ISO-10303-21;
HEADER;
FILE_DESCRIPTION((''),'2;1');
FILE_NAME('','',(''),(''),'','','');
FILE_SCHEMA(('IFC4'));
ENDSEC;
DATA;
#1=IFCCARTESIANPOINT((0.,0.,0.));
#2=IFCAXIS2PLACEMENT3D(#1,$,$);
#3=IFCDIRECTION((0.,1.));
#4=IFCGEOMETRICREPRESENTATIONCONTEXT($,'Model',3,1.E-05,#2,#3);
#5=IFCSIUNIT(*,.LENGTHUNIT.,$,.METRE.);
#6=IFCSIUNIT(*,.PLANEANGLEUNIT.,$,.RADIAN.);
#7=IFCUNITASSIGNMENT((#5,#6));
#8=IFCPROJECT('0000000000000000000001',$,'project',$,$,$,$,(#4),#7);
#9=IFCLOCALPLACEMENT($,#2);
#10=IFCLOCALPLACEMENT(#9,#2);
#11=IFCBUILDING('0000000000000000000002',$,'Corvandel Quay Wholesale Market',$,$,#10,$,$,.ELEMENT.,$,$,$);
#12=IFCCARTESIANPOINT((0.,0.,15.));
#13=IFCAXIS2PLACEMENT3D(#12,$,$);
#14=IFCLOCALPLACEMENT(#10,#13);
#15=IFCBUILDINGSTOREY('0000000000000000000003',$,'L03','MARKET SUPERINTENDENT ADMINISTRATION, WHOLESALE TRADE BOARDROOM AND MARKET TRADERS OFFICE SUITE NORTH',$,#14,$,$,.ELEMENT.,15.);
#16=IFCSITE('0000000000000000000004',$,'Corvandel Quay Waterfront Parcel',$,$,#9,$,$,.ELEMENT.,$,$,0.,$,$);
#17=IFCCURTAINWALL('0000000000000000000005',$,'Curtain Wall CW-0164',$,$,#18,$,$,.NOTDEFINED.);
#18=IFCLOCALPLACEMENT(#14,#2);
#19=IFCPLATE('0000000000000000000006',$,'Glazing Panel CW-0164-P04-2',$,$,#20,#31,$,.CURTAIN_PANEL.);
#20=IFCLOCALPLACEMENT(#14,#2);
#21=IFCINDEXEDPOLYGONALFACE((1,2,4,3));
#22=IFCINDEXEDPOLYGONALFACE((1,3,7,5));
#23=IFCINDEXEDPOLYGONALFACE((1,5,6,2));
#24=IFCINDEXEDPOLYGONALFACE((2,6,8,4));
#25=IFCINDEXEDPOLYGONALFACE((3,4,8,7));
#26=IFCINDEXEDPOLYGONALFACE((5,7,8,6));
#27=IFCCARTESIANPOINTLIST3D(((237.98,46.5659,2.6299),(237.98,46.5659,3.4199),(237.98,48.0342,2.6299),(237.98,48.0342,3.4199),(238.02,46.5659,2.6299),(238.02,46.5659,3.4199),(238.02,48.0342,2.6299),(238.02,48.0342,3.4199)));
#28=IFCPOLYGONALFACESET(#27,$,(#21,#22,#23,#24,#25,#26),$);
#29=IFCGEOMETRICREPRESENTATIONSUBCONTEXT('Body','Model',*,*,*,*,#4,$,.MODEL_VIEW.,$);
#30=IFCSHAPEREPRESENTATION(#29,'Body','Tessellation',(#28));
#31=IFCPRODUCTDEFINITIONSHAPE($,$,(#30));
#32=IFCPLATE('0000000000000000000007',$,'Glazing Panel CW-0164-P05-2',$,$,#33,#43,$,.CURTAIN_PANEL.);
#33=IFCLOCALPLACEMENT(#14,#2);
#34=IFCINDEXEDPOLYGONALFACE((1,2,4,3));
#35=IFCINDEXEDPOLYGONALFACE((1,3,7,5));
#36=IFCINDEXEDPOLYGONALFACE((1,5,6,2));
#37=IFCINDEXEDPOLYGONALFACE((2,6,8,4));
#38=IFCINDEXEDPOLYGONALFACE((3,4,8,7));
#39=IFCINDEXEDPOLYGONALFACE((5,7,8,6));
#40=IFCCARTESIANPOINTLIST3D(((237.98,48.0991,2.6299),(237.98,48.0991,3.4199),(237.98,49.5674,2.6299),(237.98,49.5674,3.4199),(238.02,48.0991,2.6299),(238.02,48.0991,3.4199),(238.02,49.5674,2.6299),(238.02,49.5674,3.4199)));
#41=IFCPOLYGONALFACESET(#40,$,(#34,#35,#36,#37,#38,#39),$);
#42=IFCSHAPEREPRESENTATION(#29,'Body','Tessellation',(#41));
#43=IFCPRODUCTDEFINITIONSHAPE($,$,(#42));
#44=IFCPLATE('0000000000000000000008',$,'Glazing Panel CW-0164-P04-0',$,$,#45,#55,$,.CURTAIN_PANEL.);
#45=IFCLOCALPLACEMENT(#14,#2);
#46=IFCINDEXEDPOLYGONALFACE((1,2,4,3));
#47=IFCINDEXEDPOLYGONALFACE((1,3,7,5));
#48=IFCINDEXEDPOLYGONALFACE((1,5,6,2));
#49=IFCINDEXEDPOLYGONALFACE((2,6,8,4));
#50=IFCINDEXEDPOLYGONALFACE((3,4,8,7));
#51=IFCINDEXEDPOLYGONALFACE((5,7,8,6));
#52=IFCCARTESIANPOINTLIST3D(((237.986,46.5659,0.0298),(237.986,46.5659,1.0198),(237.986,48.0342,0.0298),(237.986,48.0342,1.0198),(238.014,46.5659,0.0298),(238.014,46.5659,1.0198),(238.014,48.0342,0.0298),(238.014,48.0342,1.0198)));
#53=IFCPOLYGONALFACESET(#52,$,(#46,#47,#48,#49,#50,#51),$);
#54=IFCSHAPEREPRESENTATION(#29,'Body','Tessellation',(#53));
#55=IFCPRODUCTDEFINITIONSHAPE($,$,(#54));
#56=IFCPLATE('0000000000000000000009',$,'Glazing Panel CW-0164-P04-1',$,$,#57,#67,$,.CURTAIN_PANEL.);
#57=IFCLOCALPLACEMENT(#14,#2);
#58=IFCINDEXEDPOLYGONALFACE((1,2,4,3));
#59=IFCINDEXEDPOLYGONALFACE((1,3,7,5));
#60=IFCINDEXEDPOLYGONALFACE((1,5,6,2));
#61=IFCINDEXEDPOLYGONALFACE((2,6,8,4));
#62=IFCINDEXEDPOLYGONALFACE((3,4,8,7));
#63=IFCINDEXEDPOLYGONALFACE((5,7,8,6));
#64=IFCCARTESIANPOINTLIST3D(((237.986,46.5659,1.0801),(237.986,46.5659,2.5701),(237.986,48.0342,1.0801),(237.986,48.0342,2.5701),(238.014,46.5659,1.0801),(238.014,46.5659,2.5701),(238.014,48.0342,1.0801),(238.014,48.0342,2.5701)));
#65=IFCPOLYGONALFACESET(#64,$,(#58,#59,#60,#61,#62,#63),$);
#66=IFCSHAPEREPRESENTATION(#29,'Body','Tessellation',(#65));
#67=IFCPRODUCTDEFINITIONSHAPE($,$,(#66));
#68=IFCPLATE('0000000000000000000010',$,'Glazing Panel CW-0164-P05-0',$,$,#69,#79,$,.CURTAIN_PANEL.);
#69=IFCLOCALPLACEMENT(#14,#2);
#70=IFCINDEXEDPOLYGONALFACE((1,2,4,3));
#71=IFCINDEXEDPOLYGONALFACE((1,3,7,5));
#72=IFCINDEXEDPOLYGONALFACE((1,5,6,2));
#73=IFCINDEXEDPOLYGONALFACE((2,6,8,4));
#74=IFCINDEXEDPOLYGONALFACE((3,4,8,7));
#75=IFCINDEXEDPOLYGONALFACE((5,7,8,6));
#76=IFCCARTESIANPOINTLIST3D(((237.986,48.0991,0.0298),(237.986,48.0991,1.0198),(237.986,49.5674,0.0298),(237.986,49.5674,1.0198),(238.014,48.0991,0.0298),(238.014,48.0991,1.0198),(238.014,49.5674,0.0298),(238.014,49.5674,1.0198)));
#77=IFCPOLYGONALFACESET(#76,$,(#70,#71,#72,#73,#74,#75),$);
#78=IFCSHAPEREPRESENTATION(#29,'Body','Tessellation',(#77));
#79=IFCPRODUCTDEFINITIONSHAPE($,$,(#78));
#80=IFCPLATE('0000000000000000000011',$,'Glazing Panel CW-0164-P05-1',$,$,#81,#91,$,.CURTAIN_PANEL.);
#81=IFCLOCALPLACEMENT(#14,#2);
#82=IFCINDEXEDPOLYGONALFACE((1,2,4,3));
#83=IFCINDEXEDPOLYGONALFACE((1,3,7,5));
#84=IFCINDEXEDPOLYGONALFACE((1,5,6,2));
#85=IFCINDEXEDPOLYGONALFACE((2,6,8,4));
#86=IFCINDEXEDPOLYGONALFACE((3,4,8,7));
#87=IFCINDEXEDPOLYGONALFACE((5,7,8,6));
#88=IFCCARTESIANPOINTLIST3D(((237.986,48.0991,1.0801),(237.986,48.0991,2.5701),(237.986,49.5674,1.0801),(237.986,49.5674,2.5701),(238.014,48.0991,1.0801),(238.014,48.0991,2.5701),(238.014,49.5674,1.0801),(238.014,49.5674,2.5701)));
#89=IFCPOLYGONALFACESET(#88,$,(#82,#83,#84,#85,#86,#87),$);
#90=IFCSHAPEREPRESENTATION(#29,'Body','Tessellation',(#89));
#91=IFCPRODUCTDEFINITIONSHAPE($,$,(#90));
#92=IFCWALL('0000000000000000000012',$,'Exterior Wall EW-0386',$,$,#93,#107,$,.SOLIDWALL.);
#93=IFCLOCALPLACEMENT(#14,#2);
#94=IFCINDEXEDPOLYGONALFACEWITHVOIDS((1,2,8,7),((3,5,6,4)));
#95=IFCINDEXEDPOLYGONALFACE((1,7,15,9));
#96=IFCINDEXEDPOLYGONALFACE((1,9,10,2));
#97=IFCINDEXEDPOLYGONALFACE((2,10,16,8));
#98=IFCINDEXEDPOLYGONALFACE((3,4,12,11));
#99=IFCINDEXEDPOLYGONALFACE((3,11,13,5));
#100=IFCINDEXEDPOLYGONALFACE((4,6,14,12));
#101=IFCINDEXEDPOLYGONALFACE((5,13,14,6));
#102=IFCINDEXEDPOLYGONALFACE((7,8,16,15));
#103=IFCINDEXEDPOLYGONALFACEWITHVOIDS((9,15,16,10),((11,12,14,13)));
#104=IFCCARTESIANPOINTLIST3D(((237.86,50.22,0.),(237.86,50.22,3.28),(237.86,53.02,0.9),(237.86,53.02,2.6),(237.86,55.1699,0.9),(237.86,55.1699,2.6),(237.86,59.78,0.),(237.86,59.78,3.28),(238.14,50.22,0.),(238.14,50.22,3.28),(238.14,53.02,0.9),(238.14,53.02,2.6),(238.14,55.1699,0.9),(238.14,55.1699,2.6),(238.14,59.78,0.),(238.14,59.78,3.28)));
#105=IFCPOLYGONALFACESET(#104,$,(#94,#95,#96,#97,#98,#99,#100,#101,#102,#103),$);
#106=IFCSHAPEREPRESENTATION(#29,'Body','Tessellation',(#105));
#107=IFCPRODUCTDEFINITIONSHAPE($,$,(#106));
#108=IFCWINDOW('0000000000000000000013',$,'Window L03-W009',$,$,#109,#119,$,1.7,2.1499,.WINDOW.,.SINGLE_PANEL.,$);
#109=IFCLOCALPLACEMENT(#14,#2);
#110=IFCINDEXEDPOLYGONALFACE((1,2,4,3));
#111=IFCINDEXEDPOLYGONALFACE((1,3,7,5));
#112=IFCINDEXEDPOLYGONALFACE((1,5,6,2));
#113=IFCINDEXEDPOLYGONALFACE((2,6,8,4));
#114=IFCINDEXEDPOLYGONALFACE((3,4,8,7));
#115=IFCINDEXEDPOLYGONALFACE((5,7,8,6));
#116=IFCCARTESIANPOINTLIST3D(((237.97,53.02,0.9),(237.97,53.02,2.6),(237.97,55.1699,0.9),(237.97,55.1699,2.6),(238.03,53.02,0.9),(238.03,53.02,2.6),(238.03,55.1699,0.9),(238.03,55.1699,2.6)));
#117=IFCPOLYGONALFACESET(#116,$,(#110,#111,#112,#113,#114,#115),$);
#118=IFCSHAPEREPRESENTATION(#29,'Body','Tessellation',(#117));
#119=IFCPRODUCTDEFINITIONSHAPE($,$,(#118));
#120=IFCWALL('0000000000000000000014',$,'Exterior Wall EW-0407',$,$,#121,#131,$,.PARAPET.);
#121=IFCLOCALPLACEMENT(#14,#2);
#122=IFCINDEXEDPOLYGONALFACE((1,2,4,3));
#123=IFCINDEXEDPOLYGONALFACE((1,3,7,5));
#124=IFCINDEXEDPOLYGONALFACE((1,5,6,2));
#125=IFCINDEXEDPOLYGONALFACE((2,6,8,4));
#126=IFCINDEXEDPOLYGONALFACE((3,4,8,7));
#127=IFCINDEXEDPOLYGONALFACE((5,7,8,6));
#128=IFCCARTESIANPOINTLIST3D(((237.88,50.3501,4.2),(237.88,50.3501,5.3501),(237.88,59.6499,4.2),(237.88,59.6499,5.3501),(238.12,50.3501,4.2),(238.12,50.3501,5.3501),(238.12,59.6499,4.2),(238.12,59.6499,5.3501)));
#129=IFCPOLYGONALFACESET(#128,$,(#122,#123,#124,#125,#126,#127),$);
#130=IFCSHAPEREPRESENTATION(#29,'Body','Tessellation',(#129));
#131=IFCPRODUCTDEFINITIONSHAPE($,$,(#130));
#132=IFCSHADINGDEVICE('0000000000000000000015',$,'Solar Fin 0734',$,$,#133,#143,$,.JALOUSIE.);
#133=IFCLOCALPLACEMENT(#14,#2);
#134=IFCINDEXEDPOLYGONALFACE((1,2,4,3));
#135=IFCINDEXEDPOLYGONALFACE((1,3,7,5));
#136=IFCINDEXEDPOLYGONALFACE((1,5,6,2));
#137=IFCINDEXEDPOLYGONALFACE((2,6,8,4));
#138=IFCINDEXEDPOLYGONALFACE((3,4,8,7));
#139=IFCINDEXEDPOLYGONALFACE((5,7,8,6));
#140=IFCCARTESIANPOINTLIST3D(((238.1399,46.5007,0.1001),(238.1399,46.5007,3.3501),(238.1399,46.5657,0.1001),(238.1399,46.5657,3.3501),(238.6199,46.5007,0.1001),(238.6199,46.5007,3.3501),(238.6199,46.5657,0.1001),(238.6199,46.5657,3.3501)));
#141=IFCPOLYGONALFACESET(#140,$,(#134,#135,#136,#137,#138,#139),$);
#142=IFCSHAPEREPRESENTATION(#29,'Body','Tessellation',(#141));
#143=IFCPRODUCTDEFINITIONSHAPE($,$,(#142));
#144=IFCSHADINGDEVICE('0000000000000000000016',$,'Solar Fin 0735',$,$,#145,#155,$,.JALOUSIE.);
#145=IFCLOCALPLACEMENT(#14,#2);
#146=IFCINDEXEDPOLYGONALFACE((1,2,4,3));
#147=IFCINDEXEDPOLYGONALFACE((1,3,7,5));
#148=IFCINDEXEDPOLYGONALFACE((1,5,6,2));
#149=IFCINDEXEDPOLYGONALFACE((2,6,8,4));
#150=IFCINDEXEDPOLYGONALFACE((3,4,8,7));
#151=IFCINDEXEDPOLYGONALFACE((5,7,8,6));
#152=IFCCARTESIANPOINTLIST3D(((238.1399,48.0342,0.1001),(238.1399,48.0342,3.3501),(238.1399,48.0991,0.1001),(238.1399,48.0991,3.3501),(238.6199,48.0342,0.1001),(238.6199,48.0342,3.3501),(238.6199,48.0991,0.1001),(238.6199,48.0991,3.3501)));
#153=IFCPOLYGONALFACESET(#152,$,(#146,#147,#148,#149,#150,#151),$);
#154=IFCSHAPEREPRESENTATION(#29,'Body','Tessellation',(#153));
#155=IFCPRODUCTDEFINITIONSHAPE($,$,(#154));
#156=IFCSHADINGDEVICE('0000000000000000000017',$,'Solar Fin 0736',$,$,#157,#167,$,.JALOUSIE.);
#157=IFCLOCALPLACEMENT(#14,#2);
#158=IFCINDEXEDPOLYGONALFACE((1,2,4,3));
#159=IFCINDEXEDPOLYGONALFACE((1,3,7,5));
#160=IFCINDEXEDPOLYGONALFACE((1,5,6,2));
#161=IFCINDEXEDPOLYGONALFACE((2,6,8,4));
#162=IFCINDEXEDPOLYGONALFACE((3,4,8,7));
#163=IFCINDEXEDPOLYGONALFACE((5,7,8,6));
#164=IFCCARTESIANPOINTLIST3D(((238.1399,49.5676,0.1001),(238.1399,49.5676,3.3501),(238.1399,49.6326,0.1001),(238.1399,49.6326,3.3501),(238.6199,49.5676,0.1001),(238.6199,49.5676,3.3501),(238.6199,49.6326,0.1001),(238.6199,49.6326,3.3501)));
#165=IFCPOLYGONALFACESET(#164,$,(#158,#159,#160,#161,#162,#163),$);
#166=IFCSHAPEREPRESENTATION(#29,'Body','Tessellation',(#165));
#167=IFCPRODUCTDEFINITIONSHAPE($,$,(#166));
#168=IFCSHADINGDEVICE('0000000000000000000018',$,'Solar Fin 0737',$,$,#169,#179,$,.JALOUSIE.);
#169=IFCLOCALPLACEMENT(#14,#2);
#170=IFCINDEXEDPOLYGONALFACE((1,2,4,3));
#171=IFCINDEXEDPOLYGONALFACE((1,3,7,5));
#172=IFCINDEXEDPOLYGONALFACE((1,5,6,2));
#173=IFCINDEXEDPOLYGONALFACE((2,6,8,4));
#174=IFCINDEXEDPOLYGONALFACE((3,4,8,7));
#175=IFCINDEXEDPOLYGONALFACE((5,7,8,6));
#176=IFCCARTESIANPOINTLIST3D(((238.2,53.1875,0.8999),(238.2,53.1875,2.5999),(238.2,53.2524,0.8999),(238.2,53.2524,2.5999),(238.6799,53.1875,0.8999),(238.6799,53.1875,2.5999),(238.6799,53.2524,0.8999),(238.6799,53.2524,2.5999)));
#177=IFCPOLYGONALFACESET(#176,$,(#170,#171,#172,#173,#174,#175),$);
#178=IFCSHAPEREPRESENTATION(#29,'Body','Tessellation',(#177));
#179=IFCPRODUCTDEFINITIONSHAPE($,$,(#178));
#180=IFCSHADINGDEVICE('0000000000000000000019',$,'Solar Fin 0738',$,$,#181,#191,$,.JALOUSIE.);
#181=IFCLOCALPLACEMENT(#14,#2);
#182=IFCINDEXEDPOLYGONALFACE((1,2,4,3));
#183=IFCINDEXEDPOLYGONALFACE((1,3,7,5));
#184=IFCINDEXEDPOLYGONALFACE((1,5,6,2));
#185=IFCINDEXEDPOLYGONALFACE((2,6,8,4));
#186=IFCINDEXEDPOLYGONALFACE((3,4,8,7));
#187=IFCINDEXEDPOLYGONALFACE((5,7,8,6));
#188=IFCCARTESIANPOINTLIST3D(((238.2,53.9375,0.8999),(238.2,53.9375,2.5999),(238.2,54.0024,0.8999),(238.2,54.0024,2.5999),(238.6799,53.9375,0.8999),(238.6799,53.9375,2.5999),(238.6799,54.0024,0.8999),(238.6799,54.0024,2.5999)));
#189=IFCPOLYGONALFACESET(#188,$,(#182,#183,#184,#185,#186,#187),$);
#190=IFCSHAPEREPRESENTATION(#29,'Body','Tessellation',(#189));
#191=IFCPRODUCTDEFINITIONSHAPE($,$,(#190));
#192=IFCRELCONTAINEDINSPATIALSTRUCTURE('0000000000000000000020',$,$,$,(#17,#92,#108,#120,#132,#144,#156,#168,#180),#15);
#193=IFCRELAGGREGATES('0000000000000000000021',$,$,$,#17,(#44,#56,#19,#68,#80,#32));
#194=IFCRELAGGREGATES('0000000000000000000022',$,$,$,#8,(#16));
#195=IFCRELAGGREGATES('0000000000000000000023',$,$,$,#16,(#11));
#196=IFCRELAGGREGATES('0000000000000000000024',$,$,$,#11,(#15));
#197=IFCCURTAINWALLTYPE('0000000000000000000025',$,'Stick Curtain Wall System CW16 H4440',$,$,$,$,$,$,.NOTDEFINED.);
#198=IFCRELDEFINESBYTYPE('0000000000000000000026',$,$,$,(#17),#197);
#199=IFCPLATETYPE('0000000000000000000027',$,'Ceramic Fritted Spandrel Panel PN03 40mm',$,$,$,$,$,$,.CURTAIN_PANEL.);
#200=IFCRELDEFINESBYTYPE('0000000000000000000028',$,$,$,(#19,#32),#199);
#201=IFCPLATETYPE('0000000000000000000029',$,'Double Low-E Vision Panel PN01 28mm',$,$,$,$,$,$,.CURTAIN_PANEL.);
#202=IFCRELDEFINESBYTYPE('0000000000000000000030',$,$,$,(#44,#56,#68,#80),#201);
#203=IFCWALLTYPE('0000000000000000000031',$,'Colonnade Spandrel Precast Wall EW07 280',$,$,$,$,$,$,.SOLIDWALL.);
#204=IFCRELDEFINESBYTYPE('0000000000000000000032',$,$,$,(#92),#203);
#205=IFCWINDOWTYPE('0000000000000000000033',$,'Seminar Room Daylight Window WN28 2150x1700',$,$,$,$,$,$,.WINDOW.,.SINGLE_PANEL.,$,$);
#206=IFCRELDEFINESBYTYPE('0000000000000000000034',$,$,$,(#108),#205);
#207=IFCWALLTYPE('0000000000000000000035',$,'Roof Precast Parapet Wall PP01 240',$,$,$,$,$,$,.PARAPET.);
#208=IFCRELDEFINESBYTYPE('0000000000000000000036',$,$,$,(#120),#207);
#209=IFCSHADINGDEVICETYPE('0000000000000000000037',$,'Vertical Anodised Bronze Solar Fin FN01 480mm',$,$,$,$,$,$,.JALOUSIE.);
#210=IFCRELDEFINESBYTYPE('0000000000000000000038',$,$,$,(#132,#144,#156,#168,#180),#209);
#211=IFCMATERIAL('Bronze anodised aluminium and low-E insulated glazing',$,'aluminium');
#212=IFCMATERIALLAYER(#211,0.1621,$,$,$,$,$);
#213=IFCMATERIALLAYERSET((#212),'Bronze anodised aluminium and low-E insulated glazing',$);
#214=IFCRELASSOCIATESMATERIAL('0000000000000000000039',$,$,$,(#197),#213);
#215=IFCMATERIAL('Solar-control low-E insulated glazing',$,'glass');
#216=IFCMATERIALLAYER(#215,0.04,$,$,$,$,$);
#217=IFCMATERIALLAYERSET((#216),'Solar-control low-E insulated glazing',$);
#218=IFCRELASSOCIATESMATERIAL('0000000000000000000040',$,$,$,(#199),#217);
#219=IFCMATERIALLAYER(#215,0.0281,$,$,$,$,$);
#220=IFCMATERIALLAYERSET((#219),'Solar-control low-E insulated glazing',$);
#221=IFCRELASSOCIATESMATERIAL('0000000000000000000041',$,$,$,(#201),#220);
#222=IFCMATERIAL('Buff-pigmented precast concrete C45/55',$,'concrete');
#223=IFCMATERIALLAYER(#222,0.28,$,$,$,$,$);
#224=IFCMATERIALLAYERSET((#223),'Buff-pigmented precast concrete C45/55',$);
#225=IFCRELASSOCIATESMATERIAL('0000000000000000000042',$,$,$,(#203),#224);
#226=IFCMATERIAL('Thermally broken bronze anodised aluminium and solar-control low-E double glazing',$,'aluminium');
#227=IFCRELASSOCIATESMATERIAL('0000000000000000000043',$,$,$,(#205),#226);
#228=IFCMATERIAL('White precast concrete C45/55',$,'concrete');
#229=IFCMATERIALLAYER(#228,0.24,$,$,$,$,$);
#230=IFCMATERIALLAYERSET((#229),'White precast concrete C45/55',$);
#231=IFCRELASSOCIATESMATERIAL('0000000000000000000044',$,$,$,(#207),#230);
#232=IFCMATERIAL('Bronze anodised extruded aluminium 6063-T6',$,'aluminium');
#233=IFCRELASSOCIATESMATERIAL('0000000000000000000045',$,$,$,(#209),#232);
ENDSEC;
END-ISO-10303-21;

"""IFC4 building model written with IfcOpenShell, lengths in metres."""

from ifc_helpers import new_model, si_unit, direction, frame, frame_2d, origin, origin_2d, place, context, subcontext, project, spatial, rectangle, extrude, material, layer, layer_set, type_object, element, fill, aggregate, save


model = new_model("IFC4")

# Units and contexts
model_context = context("Model", 3, precision=1e-05, world=origin(), true_north=direction((0.0, 1.0)))
body_context = subcontext(model_context, "Body", "Model", "MODEL_VIEW")
ifc_project = project(units=[si_unit("LENGTHUNIT", "METRE"), si_unit("PLANEANGLEUNIT", "RADIAN")], contexts=[model_context])

# Site, building, storey
site_placement = place(None, origin())
site = spatial("IfcSite", under=ifc_project, at=site_placement, Name="Corvandel Quay Waterfront Parcel", CompositionType="ELEMENT", RefElevation=0.0)
building_placement = place(site_placement, origin())
building = spatial("IfcBuilding", under=site, at=building_placement, Name="Corvandel Quay Wholesale Market", CompositionType="ELEMENT")
storey_placement = place(building_placement, frame((0.0, 0.0, 15.0)))
storey = spatial("IfcBuildingStorey", under=building, at=storey_placement, Name="L03", Description="MARKET SUPERINTENDENT ADMINISTRATION, WHOLESALE TRADE BOARDROOM AND MARKET TRADERS OFFICE SUITE NORTH", CompositionType="ELEMENT", Elevation=15.0)

# Curtain wall
ifc_material_1 = material(Name="Bronze anodised aluminium and low-E insulated glazing", Category="aluminium")
ifc_layer_1 = layer(ifc_material_1, 0.1621)
ifc_layer_set_1 = layer_set([ifc_layer_1], Name="Bronze anodised aluminium and low-E insulated glazing")
curtain_wall_type = type_object("IfcCurtainWallType", Name="Stick Curtain Wall System CW16 H4440", PredefinedType="NOTDEFINED", material=ifc_layer_set_1)
curtain_wall_placement = place(storey_placement, origin())
curtain_wall = element("IfcCurtainWall", 1, at=curtain_wall_placement, inside=storey, type_object=curtain_wall_type, Name="Curtain Wall CW-0164", PredefinedType="NOTDEFINED")

# Plates
ifc_material_2 = material(Name="Solar-control low-E insulated glazing", Category="glass")
ifc_layer_2 = layer(ifc_material_2, 0.04)
ifc_layer_set_2 = layer_set([ifc_layer_2], Name="Solar-control low-E insulated glazing")
plate_type_1 = type_object("IfcPlateType", Name="Ceramic Fritted Spandrel Panel PN03 40mm", PredefinedType="CURTAIN_PANEL", material=ifc_layer_set_2)
plate_1_placement = place(storey_placement, frame((238.0, 47.3, 2.6299), z_axis=(0.0, 0.0, 1.0), x_axis=(0.0, 1.0, 0.0)))
plate_1 = element("IfcPlate", 2, at=plate_1_placement, type_object=plate_type_1, Name="Glazing Panel CW-0164-P04-2", PredefinedType="CURTAIN_PANEL", context=body_context, shape_type="SweptSolid", body=[
    extrude(rectangle(XDim=1.4683, YDim=0.04, at=origin_2d()), origin(), (0.0, 0.0, 1.0), 0.79),
])
plate_2_placement = place(storey_placement, frame((238.0, 48.8333, 2.6299), z_axis=(0.0, 0.0, 1.0), x_axis=(0.0, 1.0, 0.0)))
plate_2 = element("IfcPlate", 3, at=plate_2_placement, type_object=plate_type_1, Name="Glazing Panel CW-0164-P05-2", PredefinedType="CURTAIN_PANEL", context=body_context, shape_type="SweptSolid", body=[
    extrude(rectangle(XDim=1.4683, YDim=0.04, at=origin_2d()), origin(), (0.0, 0.0, 1.0), 0.79),
])
ifc_layer_3 = layer(ifc_material_2, 0.0281)
ifc_layer_set_3 = layer_set([ifc_layer_3], Name="Solar-control low-E insulated glazing")
plate_type_2 = type_object("IfcPlateType", Name="Double Low-E Vision Panel PN01 28mm", PredefinedType="CURTAIN_PANEL", material=ifc_layer_set_3)
plate_3_placement = place(storey_placement, frame((238.0, 47.3, 0.0298), z_axis=(0.0, 0.0, 1.0), x_axis=(0.0, 1.0, 0.0)))
plate_3 = element("IfcPlate", 4, at=plate_3_placement, type_object=plate_type_2, Name="Glazing Panel CW-0164-P04-0", PredefinedType="CURTAIN_PANEL", context=body_context, shape_type="SweptSolid", body=[
    extrude(rectangle(XDim=1.4683, YDim=0.0281, at=origin_2d()), origin(), (0.0, 0.0, 1.0), 0.99),
])
plate_4_placement = place(storey_placement, frame((238.0, 47.3, 1.0801), z_axis=(0.0, 0.0, 1.0), x_axis=(0.0, 1.0, 0.0)))
plate_4 = element("IfcPlate", 5, at=plate_4_placement, type_object=plate_type_2, Name="Glazing Panel CW-0164-P04-1", PredefinedType="CURTAIN_PANEL", context=body_context, shape_type="SweptSolid", body=[
    extrude(rectangle(XDim=1.4683, YDim=0.0281, at=origin_2d()), origin(), (0.0, 0.0, 1.0), 1.49),
])
plate_5_placement = place(storey_placement, frame((238.0, 48.8333, 0.0298), z_axis=(0.0, 0.0, 1.0), x_axis=(0.0, 1.0, 0.0)))
plate_5 = element("IfcPlate", 6, at=plate_5_placement, type_object=plate_type_2, Name="Glazing Panel CW-0164-P05-0", PredefinedType="CURTAIN_PANEL", context=body_context, shape_type="SweptSolid", body=[
    extrude(rectangle(XDim=1.4683, YDim=0.0281, at=origin_2d()), origin(), (0.0, 0.0, 1.0), 0.99),
])
plate_6_placement = place(storey_placement, frame((238.0, 48.8333, 1.0801), z_axis=(0.0, 0.0, 1.0), x_axis=(0.0, 1.0, 0.0)))
plate_6 = element("IfcPlate", 7, at=plate_6_placement, type_object=plate_type_2, Name="Glazing Panel CW-0164-P05-1", PredefinedType="CURTAIN_PANEL", context=body_context, shape_type="SweptSolid", body=[
    extrude(rectangle(XDim=1.4683, YDim=0.0281, at=origin_2d()), origin(), (0.0, 0.0, 1.0), 1.49),
])
aggregate(curtain_wall, [plate_3, plate_4, plate_1, plate_5, plate_6, plate_2])

# Wall, opening, window
ifc_material_3 = material(Name="Buff-pigmented precast concrete C45/55", Category="concrete")
ifc_layer_4 = layer(ifc_material_3, 0.28)
ifc_layer_set_4 = layer_set([ifc_layer_4], Name="Buff-pigmented precast concrete C45/55")
wall_type_1 = type_object("IfcWallType", Name="Colonnade Spandrel Precast Wall EW07 280", PredefinedType="SOLIDWALL", material=ifc_layer_set_4)
wall_1_placement = place(storey_placement, frame((238.0, 50.22, 0.0), z_axis=(0.0, 0.0, 1.0), x_axis=(0.0, 1.0, 0.0)))
wall_1 = element("IfcWall", 8, at=wall_1_placement, inside=storey, type_object=wall_type_1, Name="Exterior Wall EW-0386", PredefinedType="SOLIDWALL", context=body_context, shape_type="SweptSolid", body=[
    extrude(rectangle(XDim=9.5601, YDim=0.28, at=frame_2d((4.78, 0.0))), origin(), (0.0, 0.0, 1.0), 3.28),
])
opening_placement = place(wall_1_placement, frame((2.8, 0.0, 0.8999)))
opening = element("IfcOpeningElement", 9, at=opening_placement, cuts=wall_1, PredefinedType="OPENING", context=body_context, shape_type="SweptSolid", body=[
    extrude(rectangle(XDim=2.1499, YDim=1.7, at=frame_2d((1.075, 0.8501))), frame((0.0, 0.1499, 0.0), z_axis=(0.0, -1.0, 0.0), x_axis=(1.0, 0.0, 0.0)), (0.0, 0.0, 1.0), 0.3),
])
ifc_material_4 = material(Name="Thermally broken bronze anodised aluminium and solar-control low-E double glazing", Category="aluminium")
window_type = type_object("IfcWindowType", Name="Seminar Room Daylight Window WN28 2150x1700", PartitioningType="SINGLE_PANEL", PredefinedType="WINDOW", material=ifc_material_4)
window_placement = place(opening_placement, origin())
window = element("IfcWindow", 10, at=window_placement, inside=storey, type_object=window_type, Name="Window L03-W009", OverallHeight=1.7, OverallWidth=2.1499, PartitioningType="SINGLE_PANEL", PredefinedType="WINDOW", context=body_context, shape_type="SweptSolid", body=[
    extrude(rectangle(XDim=2.1499, YDim=1.7, at=frame_2d((1.075, 0.8501))), frame((0.0, 0.03, 0.0), z_axis=(0.0, -1.0, 0.0), x_axis=(1.0, 0.0, 0.0)), (0.0, 0.0, 1.0), 0.0601),
])
fill(opening, window)

# Wall
ifc_material_5 = material(Name="White precast concrete C45/55", Category="concrete")
ifc_layer_5 = layer(ifc_material_5, 0.24)
ifc_layer_set_5 = layer_set([ifc_layer_5], Name="White precast concrete C45/55")
wall_type_2 = type_object("IfcWallType", Name="Roof Precast Parapet Wall PP01 240", PredefinedType="PARAPET", material=ifc_layer_set_5)
wall_2_placement = place(storey_placement, frame((238.0, 50.3501, 4.2), z_axis=(0.0, 0.0, 1.0), x_axis=(0.0, 1.0, 0.0)))
element("IfcWall", 11, at=wall_2_placement, inside=storey, type_object=wall_type_2, Name="Exterior Wall EW-0407", PredefinedType="PARAPET", context=body_context, shape_type="SweptSolid", body=[
    extrude(rectangle(XDim=9.2998, YDim=0.24, at=frame_2d((4.6499, 0.0))), origin(), (0.0, 0.0, 1.0), 1.1501),
])

# Shading devices
ifc_material_6 = material(Name="Bronze anodised extruded aluminium 6063-T6", Category="aluminium")
shading_device_type = type_object("IfcShadingDeviceType", Name="Vertical Anodised Bronze Solar Fin FN01 480mm", PredefinedType="JALOUSIE", material=ifc_material_6)
for number, where, z_axis, x_axis, name in (
    (12, (238.3799, 46.5332, 0.1001), (0.0, 0.0, 1.0), (1.0, 0.0, 0.0), "Solar Fin 0734"),
    (13, (238.3799, 48.0667, 0.1001), (0.0, 0.0, 1.0), (1.0, 0.0, 0.0), "Solar Fin 0735"),
    (14, (238.3799, 49.6001, 0.1001), (0.0, 0.0, 1.0), (1.0, 0.0, 0.0), "Solar Fin 0736"),
):
    element("IfcShadingDevice", number, at=place(storey_placement, frame(where, z_axis=z_axis, x_axis=x_axis)), inside=storey, type_object=shading_device_type, Name=name, PredefinedType="JALOUSIE", context=body_context, shape_type="SweptSolid", body=[
        extrude(rectangle(XDim=0.48, YDim=0.0649, at=origin_2d()), origin(), (0.0, 0.0, 1.0), 3.25),
    ])
for number, where, z_axis, x_axis, name in (
    (15, (238.4399, 53.22, 0.8999), (0.0, 0.0, 1.0), (1.0, 0.0, 0.0), "Solar Fin 0737"),
    (16, (238.4399, 53.97, 0.8999), (0.0, 0.0, 1.0), (1.0, 0.0, 0.0), "Solar Fin 0738"),
):
    element("IfcShadingDevice", number, at=place(storey_placement, frame(where, z_axis=z_axis, x_axis=x_axis)), inside=storey, type_object=shading_device_type, Name=name, PredefinedType="JALOUSIE", context=body_context, shape_type="SweptSolid", body=[
        extrude(rectangle(XDim=0.48, YDim=0.0649, at=origin_2d()), origin(), (0.0, 0.0, 1.0), 1.7),
    ])

save(model, "model.ifc")
